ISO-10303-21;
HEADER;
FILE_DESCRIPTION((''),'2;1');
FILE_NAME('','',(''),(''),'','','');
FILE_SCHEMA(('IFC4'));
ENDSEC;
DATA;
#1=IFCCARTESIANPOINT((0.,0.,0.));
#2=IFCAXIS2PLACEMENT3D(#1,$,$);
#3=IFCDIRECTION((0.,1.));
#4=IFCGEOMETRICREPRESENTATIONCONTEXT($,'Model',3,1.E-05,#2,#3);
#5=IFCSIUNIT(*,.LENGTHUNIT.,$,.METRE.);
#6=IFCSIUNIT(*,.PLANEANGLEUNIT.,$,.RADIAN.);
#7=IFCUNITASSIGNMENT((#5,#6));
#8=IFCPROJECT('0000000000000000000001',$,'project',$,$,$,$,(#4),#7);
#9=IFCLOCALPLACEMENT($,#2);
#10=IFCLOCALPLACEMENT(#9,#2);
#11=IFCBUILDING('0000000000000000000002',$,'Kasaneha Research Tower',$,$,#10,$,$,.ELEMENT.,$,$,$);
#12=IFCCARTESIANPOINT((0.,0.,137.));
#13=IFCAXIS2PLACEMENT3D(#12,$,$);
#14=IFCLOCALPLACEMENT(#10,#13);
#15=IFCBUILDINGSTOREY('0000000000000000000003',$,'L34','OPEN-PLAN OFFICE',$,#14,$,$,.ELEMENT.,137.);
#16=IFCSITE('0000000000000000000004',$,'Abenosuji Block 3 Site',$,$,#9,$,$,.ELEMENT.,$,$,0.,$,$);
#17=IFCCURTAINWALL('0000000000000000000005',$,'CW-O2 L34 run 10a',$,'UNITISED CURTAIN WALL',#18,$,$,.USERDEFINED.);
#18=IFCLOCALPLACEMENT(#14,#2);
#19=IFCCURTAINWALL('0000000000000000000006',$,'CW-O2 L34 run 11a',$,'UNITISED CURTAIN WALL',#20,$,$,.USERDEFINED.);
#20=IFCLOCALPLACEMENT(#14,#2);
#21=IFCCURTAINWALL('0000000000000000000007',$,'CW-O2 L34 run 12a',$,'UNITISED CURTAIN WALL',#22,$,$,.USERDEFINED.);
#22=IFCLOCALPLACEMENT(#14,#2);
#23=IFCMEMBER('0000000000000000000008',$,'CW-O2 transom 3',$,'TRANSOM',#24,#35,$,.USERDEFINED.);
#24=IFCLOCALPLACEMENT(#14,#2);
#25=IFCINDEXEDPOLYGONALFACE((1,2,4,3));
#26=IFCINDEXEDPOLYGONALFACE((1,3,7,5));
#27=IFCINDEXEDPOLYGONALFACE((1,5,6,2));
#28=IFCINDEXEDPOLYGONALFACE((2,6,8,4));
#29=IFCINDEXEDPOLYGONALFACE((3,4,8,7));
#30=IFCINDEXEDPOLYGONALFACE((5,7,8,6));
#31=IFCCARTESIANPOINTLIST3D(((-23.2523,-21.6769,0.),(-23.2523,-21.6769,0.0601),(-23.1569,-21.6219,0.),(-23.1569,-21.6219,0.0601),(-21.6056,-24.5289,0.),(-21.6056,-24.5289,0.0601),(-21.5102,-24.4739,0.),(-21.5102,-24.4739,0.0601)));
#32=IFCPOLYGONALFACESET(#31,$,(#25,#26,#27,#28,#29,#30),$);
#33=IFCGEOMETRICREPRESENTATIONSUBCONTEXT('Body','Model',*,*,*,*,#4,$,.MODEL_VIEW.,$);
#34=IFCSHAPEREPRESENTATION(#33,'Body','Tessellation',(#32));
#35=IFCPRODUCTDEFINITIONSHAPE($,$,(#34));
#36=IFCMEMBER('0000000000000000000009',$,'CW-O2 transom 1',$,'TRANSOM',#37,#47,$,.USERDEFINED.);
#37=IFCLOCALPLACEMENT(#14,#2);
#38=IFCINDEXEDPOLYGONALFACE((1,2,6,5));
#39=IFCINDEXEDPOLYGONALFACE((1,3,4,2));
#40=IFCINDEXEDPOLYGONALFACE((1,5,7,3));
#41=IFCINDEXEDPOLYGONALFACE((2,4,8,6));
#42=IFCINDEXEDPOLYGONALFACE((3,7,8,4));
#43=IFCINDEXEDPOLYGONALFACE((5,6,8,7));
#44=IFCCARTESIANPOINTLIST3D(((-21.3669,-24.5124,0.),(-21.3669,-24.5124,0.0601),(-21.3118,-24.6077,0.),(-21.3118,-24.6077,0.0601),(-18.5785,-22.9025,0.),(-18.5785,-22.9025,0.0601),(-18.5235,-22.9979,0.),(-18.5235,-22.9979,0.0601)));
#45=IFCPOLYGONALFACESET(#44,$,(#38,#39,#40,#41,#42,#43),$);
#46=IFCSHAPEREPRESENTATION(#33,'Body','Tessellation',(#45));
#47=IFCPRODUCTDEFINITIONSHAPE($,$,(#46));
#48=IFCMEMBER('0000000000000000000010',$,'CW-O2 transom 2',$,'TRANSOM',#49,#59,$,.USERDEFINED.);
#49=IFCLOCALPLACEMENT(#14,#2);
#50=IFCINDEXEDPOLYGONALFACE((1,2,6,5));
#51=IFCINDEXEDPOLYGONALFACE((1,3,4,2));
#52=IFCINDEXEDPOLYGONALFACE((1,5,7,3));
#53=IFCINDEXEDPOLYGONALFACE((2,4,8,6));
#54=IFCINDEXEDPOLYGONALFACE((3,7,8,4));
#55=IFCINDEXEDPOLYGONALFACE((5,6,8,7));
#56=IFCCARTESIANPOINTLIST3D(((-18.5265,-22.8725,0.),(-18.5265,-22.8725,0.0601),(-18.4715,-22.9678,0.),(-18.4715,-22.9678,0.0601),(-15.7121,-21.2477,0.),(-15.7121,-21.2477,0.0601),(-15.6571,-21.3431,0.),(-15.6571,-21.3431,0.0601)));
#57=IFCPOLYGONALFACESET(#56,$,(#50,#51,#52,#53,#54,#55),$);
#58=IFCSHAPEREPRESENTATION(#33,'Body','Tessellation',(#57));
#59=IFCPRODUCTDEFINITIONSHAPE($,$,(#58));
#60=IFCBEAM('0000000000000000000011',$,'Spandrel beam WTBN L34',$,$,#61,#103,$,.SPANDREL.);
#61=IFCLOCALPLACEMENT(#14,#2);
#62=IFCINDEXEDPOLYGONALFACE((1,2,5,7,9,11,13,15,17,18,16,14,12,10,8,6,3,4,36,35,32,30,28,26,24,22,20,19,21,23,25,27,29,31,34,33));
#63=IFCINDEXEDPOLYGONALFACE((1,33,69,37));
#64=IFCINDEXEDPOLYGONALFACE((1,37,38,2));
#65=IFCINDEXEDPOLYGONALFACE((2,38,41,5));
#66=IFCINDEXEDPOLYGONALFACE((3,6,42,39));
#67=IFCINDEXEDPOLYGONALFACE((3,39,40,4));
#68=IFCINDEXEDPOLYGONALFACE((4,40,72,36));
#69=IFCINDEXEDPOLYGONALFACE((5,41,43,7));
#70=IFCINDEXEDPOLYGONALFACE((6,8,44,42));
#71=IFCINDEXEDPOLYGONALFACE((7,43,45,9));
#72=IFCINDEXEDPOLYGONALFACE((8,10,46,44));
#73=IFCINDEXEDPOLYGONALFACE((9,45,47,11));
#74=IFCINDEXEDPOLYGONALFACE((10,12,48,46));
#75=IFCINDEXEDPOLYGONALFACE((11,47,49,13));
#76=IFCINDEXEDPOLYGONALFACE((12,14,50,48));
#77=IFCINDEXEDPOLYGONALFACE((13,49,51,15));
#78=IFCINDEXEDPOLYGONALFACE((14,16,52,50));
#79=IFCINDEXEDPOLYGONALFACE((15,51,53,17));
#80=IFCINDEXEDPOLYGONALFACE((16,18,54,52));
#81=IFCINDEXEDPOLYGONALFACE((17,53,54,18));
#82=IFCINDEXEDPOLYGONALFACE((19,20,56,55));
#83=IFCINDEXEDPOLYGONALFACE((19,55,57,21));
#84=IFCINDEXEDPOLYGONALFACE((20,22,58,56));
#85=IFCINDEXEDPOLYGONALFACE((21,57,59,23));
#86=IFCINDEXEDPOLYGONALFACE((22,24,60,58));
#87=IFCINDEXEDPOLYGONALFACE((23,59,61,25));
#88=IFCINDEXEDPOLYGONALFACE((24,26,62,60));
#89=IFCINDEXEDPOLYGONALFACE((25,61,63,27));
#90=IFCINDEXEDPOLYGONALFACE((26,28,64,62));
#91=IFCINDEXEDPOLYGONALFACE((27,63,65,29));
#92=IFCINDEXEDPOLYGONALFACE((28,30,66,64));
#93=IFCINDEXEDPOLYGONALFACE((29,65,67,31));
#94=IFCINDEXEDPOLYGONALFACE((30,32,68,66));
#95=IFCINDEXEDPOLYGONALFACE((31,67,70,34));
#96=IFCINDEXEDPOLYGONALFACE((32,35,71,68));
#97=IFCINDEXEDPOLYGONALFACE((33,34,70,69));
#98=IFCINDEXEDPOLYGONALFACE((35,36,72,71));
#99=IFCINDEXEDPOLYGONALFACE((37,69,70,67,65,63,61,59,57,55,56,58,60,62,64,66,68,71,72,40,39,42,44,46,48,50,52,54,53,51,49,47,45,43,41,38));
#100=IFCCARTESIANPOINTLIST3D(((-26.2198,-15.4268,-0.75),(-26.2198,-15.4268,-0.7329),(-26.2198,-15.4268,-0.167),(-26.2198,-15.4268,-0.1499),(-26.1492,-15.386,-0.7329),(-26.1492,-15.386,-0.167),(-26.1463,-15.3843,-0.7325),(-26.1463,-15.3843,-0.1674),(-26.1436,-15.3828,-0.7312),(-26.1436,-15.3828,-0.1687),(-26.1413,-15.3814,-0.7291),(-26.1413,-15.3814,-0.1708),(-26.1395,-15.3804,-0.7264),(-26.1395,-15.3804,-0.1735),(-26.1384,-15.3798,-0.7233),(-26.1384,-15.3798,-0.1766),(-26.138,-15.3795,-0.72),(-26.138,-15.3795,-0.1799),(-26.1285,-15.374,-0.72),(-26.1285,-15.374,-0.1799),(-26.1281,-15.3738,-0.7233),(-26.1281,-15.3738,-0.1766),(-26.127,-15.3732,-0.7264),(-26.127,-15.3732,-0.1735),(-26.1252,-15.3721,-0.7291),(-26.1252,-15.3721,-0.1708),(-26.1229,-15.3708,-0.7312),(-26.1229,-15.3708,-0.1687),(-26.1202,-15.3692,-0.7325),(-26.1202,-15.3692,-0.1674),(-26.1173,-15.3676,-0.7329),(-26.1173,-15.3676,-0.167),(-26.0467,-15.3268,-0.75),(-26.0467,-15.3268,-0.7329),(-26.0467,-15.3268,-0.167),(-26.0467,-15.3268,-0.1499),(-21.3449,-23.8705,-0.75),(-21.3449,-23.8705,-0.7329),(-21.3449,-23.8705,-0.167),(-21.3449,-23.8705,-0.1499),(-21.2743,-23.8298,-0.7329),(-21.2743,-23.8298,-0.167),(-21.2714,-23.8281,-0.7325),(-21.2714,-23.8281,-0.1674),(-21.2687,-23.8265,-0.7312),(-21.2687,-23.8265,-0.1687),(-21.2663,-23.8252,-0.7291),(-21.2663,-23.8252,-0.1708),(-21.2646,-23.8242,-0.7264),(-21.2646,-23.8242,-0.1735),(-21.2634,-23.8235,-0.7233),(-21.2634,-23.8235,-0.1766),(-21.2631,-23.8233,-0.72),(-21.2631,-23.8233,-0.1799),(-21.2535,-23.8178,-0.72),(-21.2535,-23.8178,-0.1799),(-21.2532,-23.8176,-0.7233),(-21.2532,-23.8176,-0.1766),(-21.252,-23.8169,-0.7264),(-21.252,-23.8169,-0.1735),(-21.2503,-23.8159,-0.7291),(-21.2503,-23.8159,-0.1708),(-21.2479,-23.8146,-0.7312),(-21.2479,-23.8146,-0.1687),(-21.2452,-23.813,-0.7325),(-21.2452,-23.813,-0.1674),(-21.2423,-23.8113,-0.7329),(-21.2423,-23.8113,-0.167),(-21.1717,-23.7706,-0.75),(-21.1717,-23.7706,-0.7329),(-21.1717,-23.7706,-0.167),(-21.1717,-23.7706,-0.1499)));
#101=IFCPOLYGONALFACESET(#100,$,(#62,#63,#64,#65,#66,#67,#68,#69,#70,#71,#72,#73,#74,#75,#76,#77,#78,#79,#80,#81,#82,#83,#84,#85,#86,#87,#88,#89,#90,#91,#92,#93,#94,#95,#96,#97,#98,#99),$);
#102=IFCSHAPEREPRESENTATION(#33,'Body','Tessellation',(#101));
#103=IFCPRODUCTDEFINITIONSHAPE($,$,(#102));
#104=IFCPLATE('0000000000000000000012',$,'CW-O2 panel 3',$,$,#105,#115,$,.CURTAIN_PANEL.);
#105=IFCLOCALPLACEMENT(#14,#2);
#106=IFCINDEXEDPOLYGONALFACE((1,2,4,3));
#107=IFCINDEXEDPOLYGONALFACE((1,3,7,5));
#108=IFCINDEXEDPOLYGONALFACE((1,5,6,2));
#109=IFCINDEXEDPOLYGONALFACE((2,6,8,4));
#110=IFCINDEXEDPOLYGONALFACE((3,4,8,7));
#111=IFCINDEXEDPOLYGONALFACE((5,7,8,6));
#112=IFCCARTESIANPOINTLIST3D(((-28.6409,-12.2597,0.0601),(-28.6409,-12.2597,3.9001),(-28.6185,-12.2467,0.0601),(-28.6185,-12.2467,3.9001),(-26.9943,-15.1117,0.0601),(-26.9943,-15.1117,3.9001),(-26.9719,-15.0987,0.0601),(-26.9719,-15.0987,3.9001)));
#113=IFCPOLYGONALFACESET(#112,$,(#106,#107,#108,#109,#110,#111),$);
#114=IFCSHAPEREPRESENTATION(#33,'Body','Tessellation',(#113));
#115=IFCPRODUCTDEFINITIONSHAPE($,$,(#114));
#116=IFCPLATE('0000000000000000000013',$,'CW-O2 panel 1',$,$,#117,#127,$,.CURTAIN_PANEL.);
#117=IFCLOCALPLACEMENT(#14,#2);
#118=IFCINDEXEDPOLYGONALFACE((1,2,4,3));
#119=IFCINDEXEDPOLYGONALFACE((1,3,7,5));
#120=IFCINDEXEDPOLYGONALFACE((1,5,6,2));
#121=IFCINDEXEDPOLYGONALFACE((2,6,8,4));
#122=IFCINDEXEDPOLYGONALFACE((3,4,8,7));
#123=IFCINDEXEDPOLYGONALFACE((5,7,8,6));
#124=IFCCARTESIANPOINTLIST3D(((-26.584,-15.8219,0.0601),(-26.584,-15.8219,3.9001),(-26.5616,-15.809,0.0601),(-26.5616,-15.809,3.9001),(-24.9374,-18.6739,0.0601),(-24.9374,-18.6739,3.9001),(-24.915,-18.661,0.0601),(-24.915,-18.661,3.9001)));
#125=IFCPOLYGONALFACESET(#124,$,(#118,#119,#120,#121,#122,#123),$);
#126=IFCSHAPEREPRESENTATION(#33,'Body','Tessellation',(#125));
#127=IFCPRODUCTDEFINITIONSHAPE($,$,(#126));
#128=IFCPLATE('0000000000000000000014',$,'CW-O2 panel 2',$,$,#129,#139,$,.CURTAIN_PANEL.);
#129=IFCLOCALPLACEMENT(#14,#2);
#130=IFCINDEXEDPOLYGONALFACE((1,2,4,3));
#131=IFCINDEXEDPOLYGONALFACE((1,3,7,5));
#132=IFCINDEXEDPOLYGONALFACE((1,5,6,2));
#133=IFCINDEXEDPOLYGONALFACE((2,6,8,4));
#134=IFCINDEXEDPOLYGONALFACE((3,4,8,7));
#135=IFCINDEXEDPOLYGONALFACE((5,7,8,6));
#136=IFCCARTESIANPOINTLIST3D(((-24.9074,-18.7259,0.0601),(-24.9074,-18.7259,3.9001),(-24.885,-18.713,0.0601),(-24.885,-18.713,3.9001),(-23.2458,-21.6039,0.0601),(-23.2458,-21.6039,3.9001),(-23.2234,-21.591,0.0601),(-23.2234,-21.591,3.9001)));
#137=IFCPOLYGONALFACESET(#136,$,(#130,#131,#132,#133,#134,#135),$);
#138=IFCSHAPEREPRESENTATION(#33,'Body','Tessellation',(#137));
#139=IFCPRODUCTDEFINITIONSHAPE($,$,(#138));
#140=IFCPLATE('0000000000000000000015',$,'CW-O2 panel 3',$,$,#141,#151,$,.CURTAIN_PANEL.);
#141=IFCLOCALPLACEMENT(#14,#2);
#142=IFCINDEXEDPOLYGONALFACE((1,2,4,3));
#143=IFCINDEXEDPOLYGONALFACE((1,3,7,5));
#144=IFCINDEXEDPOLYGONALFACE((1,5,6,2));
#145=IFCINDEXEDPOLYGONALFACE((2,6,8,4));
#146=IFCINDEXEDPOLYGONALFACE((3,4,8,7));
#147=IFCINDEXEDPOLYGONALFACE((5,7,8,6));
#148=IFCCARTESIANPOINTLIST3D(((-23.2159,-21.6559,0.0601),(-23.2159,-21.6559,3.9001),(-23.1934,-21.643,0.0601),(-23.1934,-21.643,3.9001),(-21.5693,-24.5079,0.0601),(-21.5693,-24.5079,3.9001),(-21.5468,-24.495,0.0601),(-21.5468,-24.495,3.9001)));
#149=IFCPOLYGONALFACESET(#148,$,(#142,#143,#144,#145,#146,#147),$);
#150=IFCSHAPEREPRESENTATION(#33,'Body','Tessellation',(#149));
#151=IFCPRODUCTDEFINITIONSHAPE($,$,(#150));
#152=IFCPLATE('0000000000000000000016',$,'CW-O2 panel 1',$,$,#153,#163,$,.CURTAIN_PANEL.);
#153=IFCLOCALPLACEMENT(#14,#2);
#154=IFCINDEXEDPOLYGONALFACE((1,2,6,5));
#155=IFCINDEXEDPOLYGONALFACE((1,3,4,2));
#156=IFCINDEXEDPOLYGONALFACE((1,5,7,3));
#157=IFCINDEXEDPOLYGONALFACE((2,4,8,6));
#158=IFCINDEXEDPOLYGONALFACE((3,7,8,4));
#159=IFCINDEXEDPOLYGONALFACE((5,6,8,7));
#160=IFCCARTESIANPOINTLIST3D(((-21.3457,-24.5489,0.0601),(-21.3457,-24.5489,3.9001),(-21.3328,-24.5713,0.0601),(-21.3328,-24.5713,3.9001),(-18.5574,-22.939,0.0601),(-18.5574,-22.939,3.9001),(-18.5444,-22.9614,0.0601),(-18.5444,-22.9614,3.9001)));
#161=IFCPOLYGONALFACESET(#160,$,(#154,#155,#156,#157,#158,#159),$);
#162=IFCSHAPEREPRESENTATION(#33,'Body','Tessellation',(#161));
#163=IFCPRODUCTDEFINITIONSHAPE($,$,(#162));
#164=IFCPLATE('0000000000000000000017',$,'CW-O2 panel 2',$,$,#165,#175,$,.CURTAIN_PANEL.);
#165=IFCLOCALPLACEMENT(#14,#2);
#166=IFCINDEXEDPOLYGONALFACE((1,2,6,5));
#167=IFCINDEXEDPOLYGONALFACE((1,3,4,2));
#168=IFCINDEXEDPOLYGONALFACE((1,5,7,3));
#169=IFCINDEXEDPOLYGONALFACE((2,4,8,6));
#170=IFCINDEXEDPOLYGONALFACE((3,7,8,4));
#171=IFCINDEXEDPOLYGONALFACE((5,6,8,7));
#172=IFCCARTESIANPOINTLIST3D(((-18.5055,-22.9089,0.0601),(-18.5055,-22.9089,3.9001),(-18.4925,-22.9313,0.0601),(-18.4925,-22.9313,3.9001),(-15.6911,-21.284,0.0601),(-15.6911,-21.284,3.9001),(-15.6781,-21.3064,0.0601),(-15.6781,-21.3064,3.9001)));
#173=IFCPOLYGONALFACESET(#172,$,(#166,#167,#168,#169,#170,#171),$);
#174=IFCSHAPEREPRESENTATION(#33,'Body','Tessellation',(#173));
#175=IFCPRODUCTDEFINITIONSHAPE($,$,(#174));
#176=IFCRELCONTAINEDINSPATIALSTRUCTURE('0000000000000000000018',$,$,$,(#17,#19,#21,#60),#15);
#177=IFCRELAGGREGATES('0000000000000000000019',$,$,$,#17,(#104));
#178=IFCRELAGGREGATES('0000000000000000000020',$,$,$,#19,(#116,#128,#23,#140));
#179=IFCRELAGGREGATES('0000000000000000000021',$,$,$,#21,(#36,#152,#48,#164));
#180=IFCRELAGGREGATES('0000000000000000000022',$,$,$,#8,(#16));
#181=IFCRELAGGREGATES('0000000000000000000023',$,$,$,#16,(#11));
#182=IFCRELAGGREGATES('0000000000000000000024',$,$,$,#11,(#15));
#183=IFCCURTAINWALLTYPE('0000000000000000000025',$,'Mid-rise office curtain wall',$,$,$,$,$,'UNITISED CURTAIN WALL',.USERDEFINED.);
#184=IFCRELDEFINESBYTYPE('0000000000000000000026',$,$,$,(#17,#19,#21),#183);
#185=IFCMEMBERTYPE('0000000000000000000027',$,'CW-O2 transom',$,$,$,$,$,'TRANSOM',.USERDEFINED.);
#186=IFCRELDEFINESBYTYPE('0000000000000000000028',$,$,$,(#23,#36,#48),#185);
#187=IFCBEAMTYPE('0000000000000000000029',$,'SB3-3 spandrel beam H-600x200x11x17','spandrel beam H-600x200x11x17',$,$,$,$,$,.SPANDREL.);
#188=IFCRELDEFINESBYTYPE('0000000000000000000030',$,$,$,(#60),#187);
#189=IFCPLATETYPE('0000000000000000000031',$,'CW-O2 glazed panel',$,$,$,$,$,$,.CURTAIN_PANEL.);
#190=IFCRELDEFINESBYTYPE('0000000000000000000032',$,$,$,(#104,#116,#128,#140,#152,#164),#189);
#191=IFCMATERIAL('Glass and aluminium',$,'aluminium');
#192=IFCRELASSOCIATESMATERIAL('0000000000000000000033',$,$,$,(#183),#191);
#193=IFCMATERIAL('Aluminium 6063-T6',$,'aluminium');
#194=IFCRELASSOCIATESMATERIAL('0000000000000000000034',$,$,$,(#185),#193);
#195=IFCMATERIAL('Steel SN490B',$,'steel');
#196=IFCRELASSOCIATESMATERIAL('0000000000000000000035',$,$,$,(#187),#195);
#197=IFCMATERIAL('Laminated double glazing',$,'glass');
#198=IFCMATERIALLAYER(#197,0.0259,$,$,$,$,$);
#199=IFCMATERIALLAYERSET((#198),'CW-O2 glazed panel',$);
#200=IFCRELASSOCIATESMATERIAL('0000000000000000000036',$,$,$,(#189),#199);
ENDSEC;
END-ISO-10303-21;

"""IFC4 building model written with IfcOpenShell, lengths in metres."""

from ifc_helpers import new_model, si_unit, direction, frame, origin, origin_2d, place, context, subcontext, project, spatial, rectangle, i_section, extrude, material, layer, layer_set, material_profile, profile_set, type_object, element, aggregate, save


model = new_model("IFC4")

# Units and contexts
model_context = context("Model", 3, precision=1e-05, world=origin(), true_north=direction((0.0, 1.0)))
body_context = subcontext(model_context, "Body", "Model", "MODEL_VIEW")
ifc_project = project(units=[si_unit("LENGTHUNIT", "METRE"), si_unit("PLANEANGLEUNIT", "RADIAN")], contexts=[model_context])

# Site, building, storey
site_placement = place(None, origin())
site = spatial("IfcSite", under=ifc_project, at=site_placement, Name="Abenosuji Block 3 Site", CompositionType="ELEMENT", RefElevation=0.0)
building_placement = place(site_placement, origin())
building = spatial("IfcBuilding", under=site, at=building_placement, Name="Kasaneha Research Tower", CompositionType="ELEMENT")
storey_placement = place(building_placement, frame((0.0, 0.0, 137.0)))
storey = spatial("IfcBuildingStorey", under=building, at=storey_placement, Name="L34", Description="OPEN-PLAN OFFICE", CompositionType="ELEMENT", Elevation=137.0)

# Curtain wall
ifc_material_1 = material(Name="Glass and aluminium", Category="aluminium")
curtain_wall_type = type_object("IfcCurtainWallType", Name="Mid-rise office curtain wall", ElementType="UNITISED CURTAIN WALL", PredefinedType="USERDEFINED", material=ifc_material_1)
curtain_wall_1_placement = place(storey_placement, origin())
curtain_wall_1 = element("IfcCurtainWall", 1, at=curtain_wall_1_placement, inside=storey, type_object=curtain_wall_type, Name="CW-O2 L34 run 10a", ObjectType="UNITISED CURTAIN WALL", PredefinedType="USERDEFINED")

# Curtain walls
curtain_wall_2_placement = place(storey_placement, origin())
curtain_wall_2 = element("IfcCurtainWall", 2, at=curtain_wall_2_placement, inside=storey, type_object=curtain_wall_type, Name="CW-O2 L34 run 11a", ObjectType="UNITISED CURTAIN WALL", PredefinedType="USERDEFINED")
curtain_wall_3_placement = place(storey_placement, origin())
curtain_wall_3 = element("IfcCurtainWall", 3, at=curtain_wall_3_placement, inside=storey, type_object=curtain_wall_type, Name="CW-O2 L34 run 12a", ObjectType="UNITISED CURTAIN WALL", PredefinedType="USERDEFINED")

# Members
ifc_material_2 = material(Name="Aluminium 6063-T6", Category="aluminium")
ifc_material_profile_1 = material_profile(ifc_material_2, rectangle(XDim=0.1101, YDim=0.0601, at=origin_2d()), Name="CW-O2 transom 110x60")
ifc_profile_set_1 = profile_set([ifc_material_profile_1], Name="Aluminium 6063-T6")
member_type_1 = type_object("IfcMemberType", Name="CW-O2 transom", ElementType="TRANSOM", PredefinedType="USERDEFINED", material=ifc_profile_set_1)
member_1_placement = place(storey_placement, frame((-23.2046, -21.6494, 0.03), z_axis=(0.500022, -0.866013, 0.0), x_axis=(0.866013, 0.500022, 0.0)))
member_1 = element("IfcMember", 4, at=member_1_placement, type_object=member_type_1, Name="CW-O2 transom 3", ObjectType="TRANSOM", PredefinedType="USERDEFINED", context=body_context, shape_type="SweptSolid", body=[
    extrude(rectangle(XDim=0.1101, YDim=0.0601, at=origin_2d()), origin(), (0.0, 0.0, 1.0), 3.2932),
])
member_2_placement = place(storey_placement, frame((-21.3394, -24.5601, 0.03), z_axis=(0.866023, 0.500005, 0.0), x_axis=(-0.500005, 0.866023, 0.0)))
member_2 = element("IfcMember", 5, at=member_2_placement, type_object=member_type_1, Name="CW-O2 transom 1", ObjectType="TRANSOM", PredefinedType="USERDEFINED", context=body_context, shape_type="SweptSolid", body=[
    extrude(rectangle(XDim=0.1101, YDim=0.0601, at=origin_2d()), origin(), (0.0, 0.0, 1.0), 3.2197),
])
member_3_placement = place(storey_placement, frame((-18.499, -22.9202, 0.03), z_axis=(0.866048, 0.499961, 0.0), x_axis=(-0.499961, 0.866048, 0.0)))
member_3 = element("IfcMember", 6, at=member_3_placement, type_object=member_type_1, Name="CW-O2 transom 2", ObjectType="TRANSOM", PredefinedType="USERDEFINED", context=body_context, shape_type="SweptSolid", body=[
    extrude(rectangle(XDim=0.1101, YDim=0.0601, at=origin_2d()), origin(), (0.0, 0.0, 1.0), 3.2498),
])

# Beam
ifc_material_3 = material(Name="Steel SN490B", Category="steel")
ifc_material_profile_2 = material_profile(ifc_material_3, i_section(OverallWidth=0.2, OverallDepth=0.6001, WebThickness=0.011, FlangeThickness=0.0171, FilletRadius=0.0129, at=origin_2d()), Name="H-600x200x11x17")
ifc_profile_set_2 = profile_set([ifc_material_profile_2], Name="Steel SN490B")
beam_type_1 = type_object("IfcBeamType", Name="SB3-3 spandrel beam H-600x200x11x17", Description="spandrel beam H-600x200x11x17", PredefinedType="SPANDREL", material=ifc_profile_set_2)
beam_1_placement = place(storey_placement, frame((-21.2583, -23.8206, -0.45), z_axis=(-0.499996, 0.866028, 0.0), x_axis=(-0.866028, -0.499996, 0.0)))
element("IfcBeam", 7, at=beam_1_placement, inside=storey, type_object=beam_type_1, Name="Spandrel beam WTBN L34", PredefinedType="SPANDREL", context=body_context, shape_type="SweptSolid", body=[
    extrude(i_section(OverallWidth=0.2, OverallDepth=0.6001, WebThickness=0.011, FlangeThickness=0.0171, FilletRadius=0.0129, at=origin_2d()), origin(), (0.0, 0.0, 1.0), 9.75),
])

# Plates
ifc_material_4 = material(Name="Laminated double glazing", Category="glass")
ifc_layer_1 = layer(ifc_material_4, 0.0259)
ifc_layer_set_1 = layer_set([ifc_layer_1], Name="CW-O2 glazed panel")
plate_type = type_object("IfcPlateType", Name="CW-O2 glazed panel", PredefinedType="CURTAIN_PANEL", material=ifc_layer_set_1)
plate_1_placement = place(storey_placement, frame((-27.8064, -13.6792, 0.0601), z_axis=(0.0, 0.0, 1.0), x_axis=(0.5, -0.866025, 0.0)))
plate_1 = element("IfcPlate", 8, at=plate_1_placement, type_object=plate_type, Name="CW-O2 panel 3", PredefinedType="CURTAIN_PANEL", context=body_context, shape_type="SweptSolid", body=[
    extrude(rectangle(XDim=3.2932, YDim=0.0259, at=origin_2d()), origin(), (0.0, 0.0, 1.0), 3.8401),
])
aggregate(curtain_wall_1, [plate_1])
plate_2_placement = place(storey_placement, frame((-25.7495, -17.2415, 0.0601), z_axis=(0.0, 0.0, 1.0), x_axis=(0.5, -0.866025, 0.0)))
plate_2 = element("IfcPlate", 9, at=plate_2_placement, type_object=plate_type, Name="CW-O2 panel 1", PredefinedType="CURTAIN_PANEL", context=body_context, shape_type="SweptSolid", body=[
    extrude(rectangle(XDim=3.2932, YDim=0.0259, at=origin_2d()), origin(), (0.0, 0.0, 1.0), 3.8401),
])
plate_3_placement = place(storey_placement, frame((-24.0654, -20.1584, 0.0601), z_axis=(0.0, 0.0, 1.0), x_axis=(0.5, -0.866025, 0.0)))
plate_3 = element("IfcPlate", 10, at=plate_3_placement, type_object=plate_type, Name="CW-O2 panel 2", PredefinedType="CURTAIN_PANEL", context=body_context, shape_type="SweptSolid", body=[
    extrude(rectangle(XDim=3.3232, YDim=0.0259, at=origin_2d()), origin(), (0.0, 0.0, 1.0), 3.8401),
])
plate_4_placement = place(storey_placement, frame((-22.3813, -23.0754, 0.0601), z_axis=(0.0, 0.0, 1.0), x_axis=(0.5, -0.866025, 0.0)))
plate_4 = element("IfcPlate", 11, at=plate_4_placement, type_object=plate_type, Name="CW-O2 panel 3", PredefinedType="CURTAIN_PANEL", context=body_context, shape_type="SweptSolid", body=[
    extrude(rectangle(XDim=3.2932, YDim=0.0259, at=origin_2d()), origin(), (0.0, 0.0, 1.0), 3.8401),
])
aggregate(curtain_wall_2, [plate_2, plate_3, member_1, plate_4])
plate_5_placement = place(storey_placement, frame((-19.9451, -23.7551, 0.0601), z_axis=(0.0, 0.0, 1.0), x_axis=(0.866025, 0.5, 0.0)))
plate_5 = element("IfcPlate", 12, at=plate_5_placement, type_object=plate_type, Name="CW-O2 panel 1", PredefinedType="CURTAIN_PANEL", context=body_context, shape_type="SweptSolid", body=[
    extrude(rectangle(XDim=3.2197, YDim=0.0259, at=origin_2d()), origin(), (0.0, 0.0, 1.0), 3.8401),
])
plate_6_placement = place(storey_placement, frame((-17.0918, -22.1077, 0.0601), z_axis=(0.0, 0.0, 1.0), x_axis=(0.866025, 0.5, 0.0)))
plate_6 = element("IfcPlate", 13, at=plate_6_placement, type_object=plate_type, Name="CW-O2 panel 2", PredefinedType="CURTAIN_PANEL", context=body_context, shape_type="SweptSolid", body=[
    extrude(rectangle(XDim=3.2498, YDim=0.0259, at=origin_2d()), origin(), (0.0, 0.0, 1.0), 3.8401),
])
aggregate(curtain_wall_3, [member_2, plate_5, member_3, plate_6])

save(model, "model.ifc")
